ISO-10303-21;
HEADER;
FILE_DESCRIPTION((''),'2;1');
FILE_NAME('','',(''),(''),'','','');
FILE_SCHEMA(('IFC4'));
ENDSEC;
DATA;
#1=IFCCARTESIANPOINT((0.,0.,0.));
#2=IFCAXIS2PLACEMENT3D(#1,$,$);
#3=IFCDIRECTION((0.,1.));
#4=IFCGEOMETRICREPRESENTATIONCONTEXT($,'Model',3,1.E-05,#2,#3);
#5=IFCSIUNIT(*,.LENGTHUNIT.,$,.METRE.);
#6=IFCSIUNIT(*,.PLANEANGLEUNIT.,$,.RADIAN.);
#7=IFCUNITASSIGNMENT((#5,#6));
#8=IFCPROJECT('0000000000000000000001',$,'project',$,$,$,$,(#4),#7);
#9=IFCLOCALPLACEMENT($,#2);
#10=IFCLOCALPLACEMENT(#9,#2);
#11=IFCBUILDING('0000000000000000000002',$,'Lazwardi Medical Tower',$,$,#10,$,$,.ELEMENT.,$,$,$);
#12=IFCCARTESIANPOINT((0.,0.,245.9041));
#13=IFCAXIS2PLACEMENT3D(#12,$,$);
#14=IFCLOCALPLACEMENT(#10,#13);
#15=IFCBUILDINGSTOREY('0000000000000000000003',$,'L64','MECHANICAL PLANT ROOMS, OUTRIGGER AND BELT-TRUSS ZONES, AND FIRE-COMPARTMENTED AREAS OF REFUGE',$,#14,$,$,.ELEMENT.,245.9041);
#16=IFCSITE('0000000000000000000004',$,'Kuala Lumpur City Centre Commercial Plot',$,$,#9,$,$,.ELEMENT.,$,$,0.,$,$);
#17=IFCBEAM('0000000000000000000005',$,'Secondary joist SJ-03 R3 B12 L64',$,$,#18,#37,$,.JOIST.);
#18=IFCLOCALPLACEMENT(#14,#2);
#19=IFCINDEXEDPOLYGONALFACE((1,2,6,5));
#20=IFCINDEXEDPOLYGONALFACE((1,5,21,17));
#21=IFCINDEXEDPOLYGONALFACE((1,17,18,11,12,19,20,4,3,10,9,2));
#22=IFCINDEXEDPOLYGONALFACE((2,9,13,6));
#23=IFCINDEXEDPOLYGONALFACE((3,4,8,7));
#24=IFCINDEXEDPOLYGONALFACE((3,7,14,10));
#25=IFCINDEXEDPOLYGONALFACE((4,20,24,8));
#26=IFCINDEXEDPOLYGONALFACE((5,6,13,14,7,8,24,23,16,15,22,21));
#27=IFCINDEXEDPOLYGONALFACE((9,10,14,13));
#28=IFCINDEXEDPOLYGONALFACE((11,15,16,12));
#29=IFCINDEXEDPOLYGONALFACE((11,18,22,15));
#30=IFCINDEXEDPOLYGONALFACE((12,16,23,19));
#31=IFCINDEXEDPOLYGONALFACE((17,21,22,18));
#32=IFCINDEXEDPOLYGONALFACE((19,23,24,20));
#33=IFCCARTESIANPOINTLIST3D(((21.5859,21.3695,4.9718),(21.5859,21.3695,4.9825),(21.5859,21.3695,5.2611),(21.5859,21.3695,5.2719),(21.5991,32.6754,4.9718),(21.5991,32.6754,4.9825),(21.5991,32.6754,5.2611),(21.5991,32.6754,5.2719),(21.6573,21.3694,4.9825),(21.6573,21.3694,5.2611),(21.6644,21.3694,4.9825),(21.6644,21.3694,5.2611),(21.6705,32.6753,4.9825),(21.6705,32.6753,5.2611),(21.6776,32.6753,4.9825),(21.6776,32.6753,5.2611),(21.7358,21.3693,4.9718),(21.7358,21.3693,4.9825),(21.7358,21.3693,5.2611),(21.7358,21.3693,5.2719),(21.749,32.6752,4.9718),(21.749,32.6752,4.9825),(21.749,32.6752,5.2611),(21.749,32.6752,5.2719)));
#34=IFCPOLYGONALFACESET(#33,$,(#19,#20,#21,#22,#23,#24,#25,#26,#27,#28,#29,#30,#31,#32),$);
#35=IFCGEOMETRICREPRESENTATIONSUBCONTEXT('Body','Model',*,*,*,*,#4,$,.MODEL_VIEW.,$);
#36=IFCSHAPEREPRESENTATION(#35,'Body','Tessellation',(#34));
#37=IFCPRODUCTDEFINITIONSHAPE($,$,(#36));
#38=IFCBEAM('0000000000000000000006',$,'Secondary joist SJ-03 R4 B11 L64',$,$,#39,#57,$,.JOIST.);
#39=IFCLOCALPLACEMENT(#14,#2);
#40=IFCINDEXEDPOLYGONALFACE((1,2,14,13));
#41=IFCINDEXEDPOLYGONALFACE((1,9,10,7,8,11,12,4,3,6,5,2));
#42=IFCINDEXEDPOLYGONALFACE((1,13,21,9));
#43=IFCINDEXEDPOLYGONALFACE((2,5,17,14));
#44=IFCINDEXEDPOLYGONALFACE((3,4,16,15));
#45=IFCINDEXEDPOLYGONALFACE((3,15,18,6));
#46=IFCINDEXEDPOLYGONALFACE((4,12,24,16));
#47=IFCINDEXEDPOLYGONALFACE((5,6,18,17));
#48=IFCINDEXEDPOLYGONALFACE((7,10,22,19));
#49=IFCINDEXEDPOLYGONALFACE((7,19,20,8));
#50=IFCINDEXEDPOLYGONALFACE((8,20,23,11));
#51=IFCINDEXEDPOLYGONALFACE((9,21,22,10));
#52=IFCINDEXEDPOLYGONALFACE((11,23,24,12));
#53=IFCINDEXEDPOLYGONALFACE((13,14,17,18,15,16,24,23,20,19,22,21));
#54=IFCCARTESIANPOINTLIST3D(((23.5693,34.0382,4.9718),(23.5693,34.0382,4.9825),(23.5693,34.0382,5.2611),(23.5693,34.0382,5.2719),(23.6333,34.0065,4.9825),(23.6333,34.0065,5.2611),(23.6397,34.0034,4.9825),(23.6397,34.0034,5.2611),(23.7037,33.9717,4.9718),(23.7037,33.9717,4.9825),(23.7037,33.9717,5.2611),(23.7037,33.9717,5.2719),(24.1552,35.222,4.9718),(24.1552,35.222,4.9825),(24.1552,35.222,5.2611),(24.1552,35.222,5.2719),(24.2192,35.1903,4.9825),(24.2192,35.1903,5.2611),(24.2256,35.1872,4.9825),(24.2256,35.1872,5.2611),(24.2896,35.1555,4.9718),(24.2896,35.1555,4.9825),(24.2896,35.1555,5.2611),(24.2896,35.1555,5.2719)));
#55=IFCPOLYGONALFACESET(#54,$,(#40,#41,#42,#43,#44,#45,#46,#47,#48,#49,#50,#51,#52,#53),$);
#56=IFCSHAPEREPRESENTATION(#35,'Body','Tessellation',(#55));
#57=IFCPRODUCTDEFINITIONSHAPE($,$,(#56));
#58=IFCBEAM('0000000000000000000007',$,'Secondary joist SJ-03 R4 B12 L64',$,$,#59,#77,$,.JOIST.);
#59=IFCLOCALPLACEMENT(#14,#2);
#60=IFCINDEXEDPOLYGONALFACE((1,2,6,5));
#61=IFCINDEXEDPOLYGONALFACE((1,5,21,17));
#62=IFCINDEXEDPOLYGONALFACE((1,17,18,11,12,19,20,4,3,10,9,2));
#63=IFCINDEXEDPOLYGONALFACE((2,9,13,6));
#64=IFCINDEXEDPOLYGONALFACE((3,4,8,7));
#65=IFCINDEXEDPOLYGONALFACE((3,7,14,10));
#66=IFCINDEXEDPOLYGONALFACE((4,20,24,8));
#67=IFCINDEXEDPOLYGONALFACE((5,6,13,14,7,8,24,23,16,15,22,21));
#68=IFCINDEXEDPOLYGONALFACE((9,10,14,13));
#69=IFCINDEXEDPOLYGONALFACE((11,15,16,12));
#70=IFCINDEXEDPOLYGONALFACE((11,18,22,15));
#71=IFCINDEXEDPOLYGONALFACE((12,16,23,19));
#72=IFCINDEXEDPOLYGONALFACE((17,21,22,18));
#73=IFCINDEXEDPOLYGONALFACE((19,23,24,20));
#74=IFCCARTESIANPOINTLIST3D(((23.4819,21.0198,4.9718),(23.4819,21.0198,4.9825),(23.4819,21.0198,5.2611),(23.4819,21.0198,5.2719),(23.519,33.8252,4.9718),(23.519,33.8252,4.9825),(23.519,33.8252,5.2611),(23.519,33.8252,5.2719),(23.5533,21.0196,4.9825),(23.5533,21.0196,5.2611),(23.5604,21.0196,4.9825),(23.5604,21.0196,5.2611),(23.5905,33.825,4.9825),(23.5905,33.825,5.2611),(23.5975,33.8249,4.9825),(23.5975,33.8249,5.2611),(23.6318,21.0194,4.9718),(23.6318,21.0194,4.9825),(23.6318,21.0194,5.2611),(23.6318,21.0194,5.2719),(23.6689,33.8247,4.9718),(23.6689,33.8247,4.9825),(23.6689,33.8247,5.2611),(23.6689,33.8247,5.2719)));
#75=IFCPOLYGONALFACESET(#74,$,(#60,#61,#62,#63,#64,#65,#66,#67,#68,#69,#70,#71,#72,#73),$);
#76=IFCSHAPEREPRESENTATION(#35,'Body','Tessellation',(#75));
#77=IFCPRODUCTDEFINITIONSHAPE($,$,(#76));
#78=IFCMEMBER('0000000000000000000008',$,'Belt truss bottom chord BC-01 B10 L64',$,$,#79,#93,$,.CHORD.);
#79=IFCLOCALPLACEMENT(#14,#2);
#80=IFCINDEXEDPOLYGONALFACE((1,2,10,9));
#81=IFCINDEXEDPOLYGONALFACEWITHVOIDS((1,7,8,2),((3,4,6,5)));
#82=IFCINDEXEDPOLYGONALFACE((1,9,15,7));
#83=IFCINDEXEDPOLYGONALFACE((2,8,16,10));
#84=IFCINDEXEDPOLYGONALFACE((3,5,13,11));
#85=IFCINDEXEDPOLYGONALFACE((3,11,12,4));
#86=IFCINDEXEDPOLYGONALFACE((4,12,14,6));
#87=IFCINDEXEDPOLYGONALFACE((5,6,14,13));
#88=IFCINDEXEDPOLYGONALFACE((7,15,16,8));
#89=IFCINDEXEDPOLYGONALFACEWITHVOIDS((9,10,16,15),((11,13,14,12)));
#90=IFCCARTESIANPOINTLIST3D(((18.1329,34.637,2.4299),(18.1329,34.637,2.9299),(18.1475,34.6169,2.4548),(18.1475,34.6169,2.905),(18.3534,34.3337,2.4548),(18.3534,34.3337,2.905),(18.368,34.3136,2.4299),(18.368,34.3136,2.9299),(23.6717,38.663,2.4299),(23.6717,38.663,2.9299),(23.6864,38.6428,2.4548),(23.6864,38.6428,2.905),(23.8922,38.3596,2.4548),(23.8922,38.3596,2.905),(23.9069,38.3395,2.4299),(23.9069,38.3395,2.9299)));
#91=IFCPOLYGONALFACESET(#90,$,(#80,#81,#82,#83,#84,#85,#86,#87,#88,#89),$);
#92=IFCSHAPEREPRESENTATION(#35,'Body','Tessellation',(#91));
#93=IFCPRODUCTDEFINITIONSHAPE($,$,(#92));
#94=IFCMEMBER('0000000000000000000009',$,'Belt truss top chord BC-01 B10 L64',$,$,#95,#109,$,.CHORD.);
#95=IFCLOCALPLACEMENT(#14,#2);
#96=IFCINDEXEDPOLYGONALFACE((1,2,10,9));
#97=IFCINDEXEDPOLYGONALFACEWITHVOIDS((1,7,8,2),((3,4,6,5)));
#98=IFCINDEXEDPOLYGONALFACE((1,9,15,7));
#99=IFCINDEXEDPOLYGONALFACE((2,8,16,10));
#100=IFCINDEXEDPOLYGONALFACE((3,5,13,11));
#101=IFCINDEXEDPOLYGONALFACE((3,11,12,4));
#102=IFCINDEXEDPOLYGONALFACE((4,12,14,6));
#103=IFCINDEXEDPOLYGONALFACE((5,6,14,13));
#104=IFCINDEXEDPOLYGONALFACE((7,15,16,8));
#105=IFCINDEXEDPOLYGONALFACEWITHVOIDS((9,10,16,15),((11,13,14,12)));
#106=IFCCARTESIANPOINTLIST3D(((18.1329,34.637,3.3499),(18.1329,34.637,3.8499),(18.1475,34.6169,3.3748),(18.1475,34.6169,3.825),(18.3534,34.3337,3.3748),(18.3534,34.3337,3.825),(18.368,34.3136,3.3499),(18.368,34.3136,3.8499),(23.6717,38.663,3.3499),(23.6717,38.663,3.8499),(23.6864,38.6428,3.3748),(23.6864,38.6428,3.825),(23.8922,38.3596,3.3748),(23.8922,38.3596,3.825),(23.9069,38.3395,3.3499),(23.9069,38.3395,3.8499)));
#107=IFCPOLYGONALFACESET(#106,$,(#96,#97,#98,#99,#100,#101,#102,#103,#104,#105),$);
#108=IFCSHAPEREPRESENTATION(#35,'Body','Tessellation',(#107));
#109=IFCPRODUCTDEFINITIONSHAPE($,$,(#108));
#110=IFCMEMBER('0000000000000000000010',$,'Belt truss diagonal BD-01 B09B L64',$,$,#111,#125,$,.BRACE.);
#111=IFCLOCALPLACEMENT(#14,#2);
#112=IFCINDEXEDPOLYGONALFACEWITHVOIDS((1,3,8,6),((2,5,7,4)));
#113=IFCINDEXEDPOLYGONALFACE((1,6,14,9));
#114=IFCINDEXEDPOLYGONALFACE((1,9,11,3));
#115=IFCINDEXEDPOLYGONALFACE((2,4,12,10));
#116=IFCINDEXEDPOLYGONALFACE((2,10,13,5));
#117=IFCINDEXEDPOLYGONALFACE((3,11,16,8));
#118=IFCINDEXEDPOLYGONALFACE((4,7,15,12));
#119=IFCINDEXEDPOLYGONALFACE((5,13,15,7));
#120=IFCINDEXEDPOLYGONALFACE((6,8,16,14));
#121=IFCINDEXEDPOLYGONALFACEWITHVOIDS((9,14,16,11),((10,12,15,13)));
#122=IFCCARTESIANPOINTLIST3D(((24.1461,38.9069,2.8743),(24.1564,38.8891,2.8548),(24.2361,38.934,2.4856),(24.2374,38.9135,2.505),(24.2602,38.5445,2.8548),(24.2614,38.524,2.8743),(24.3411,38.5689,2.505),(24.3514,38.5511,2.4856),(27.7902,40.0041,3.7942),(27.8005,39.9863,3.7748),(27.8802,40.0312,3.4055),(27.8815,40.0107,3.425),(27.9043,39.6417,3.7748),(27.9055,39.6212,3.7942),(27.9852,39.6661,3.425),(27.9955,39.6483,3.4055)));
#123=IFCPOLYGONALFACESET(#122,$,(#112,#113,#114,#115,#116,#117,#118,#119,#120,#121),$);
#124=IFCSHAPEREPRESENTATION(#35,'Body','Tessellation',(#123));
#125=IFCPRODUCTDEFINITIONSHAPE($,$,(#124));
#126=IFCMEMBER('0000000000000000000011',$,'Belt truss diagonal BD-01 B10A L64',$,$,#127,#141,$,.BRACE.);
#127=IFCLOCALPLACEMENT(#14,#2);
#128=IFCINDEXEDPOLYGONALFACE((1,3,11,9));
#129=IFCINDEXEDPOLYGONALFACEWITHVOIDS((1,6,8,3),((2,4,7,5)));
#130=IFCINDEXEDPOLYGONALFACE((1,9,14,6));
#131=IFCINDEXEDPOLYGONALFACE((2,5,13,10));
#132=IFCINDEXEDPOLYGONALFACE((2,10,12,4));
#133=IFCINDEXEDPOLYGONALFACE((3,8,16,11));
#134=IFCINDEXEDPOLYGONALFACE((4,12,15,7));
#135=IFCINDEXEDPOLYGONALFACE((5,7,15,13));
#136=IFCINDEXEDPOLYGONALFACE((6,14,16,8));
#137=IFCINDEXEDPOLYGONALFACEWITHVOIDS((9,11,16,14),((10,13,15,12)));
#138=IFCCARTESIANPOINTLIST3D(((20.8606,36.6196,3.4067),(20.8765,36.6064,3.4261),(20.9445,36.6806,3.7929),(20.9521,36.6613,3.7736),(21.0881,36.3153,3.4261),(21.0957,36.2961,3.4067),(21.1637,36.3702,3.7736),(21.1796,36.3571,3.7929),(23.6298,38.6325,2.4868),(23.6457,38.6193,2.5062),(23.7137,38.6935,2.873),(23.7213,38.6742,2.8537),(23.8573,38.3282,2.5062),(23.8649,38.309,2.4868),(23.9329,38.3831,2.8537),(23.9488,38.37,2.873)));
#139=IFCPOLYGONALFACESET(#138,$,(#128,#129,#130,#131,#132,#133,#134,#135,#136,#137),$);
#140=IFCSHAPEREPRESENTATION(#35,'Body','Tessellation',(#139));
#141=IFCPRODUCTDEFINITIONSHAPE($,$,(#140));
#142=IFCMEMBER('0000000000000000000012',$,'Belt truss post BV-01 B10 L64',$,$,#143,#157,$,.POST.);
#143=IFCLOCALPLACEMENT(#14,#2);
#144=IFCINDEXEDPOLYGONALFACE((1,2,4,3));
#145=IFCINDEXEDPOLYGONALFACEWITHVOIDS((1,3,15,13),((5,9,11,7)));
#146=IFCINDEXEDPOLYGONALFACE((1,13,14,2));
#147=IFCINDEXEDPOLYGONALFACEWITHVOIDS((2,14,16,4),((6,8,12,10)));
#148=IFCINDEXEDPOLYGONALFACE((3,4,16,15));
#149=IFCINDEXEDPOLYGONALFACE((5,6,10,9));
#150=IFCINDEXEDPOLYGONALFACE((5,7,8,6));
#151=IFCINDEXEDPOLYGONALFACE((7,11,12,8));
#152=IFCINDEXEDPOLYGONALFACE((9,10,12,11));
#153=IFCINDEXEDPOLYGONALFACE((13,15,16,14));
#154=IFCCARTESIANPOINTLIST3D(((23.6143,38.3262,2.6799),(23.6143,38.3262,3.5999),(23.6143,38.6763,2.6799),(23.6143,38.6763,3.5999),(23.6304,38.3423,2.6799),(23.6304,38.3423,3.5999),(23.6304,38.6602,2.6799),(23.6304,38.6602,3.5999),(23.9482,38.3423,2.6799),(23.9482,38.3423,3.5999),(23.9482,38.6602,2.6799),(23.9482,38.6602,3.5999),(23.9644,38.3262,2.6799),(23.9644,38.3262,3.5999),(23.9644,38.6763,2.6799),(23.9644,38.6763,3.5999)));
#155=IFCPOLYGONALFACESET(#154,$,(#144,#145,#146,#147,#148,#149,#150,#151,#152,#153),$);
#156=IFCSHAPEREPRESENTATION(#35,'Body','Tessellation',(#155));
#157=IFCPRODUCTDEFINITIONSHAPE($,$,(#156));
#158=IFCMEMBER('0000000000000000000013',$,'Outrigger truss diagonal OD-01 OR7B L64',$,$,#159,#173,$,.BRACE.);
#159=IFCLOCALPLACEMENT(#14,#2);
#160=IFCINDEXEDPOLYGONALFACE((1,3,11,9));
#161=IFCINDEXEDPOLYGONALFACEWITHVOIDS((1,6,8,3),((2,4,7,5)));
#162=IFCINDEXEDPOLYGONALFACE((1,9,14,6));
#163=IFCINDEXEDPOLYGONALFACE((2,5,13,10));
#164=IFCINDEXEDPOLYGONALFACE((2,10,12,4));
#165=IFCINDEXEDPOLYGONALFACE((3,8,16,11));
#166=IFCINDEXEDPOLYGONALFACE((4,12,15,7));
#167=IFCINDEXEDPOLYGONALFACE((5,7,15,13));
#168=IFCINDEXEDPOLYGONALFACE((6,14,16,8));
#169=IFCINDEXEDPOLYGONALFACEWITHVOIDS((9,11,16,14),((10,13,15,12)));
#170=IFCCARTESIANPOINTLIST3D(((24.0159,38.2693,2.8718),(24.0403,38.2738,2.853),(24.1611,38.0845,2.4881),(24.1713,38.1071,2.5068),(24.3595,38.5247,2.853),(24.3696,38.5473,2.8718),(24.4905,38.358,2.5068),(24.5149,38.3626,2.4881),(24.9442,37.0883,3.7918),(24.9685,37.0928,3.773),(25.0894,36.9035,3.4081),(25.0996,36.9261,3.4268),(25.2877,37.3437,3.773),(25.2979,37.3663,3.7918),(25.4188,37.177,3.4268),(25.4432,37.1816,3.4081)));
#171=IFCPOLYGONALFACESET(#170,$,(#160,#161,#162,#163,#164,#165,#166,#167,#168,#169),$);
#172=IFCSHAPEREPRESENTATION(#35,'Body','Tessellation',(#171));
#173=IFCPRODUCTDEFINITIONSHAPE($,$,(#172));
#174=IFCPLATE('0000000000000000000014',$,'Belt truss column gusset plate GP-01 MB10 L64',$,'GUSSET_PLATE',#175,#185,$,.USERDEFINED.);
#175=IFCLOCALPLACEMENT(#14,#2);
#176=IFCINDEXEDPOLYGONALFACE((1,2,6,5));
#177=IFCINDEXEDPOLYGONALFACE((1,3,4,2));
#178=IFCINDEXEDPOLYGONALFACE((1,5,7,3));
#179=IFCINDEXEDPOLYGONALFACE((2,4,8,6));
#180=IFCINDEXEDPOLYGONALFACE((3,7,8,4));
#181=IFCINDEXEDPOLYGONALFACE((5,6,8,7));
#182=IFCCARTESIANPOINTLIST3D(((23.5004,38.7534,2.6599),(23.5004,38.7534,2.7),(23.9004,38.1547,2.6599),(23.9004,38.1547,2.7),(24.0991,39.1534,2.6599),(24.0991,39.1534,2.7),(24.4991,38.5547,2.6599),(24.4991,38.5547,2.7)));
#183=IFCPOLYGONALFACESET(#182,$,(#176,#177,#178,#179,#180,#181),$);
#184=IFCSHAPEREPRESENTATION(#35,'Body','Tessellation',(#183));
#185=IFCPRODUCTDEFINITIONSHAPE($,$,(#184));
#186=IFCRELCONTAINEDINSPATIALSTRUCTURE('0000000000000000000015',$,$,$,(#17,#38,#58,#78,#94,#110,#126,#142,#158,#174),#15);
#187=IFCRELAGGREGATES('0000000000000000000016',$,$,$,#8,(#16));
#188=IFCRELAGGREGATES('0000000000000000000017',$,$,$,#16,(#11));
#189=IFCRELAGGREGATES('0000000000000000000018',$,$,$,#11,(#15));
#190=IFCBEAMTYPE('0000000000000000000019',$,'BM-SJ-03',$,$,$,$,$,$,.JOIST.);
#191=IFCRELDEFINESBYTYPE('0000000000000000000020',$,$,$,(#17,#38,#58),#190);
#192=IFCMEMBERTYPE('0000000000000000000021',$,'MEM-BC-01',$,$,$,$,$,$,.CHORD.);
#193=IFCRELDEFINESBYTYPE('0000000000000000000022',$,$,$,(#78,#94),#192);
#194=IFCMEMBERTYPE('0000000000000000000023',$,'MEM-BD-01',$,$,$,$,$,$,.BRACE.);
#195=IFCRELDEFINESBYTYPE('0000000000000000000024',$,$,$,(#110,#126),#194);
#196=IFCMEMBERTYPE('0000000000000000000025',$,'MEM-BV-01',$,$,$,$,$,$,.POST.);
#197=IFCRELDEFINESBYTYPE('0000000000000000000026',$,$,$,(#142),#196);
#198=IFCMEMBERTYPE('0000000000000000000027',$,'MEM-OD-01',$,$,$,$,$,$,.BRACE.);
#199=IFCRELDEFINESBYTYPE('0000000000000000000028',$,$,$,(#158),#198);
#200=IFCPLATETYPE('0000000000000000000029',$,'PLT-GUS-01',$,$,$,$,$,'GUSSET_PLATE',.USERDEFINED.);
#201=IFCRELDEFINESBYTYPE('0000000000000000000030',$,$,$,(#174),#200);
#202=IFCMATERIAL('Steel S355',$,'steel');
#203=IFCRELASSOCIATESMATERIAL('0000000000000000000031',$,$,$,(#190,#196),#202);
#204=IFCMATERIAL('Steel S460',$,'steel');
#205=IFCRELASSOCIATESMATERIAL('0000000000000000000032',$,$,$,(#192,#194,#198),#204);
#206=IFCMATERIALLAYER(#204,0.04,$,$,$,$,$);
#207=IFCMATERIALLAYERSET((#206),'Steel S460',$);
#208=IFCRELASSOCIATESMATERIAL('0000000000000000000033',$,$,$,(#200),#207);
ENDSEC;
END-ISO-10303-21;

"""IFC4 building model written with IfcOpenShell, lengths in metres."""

from ifc_helpers import new_model, si_unit, direction, frame, origin, origin_2d, place, context, subcontext, project, spatial, rectangle, hollow_rectangle, i_section, extrude, material, layer, layer_set, material_profile, profile_set, type_object, element, save


model = new_model("IFC4")

# Units and contexts
model_context = context("Model", 3, precision=1e-05, world=origin(), true_north=direction((0.0, 1.0)))
body_context = subcontext(model_context, "Body", "Model", "MODEL_VIEW")
ifc_project = project(units=[si_unit("LENGTHUNIT", "METRE"), si_unit("PLANEANGLEUNIT", "RADIAN")], contexts=[model_context])

# Site, building, storey
site_placement = place(None, origin())
site = spatial("IfcSite", under=ifc_project, at=site_placement, Name="Kuala Lumpur City Centre Commercial Plot", CompositionType="ELEMENT", RefElevation=0.0)
building_placement = place(site_placement, origin())
building = spatial("IfcBuilding", under=site, at=building_placement, Name="Lazwardi Medical Tower", CompositionType="ELEMENT")
storey_placement = place(building_placement, frame((0.0, 0.0, 245.9041)))
storey = spatial("IfcBuildingStorey", under=building, at=storey_placement, Name="L64", Description="MECHANICAL PLANT ROOMS, OUTRIGGER AND BELT-TRUSS ZONES, AND FIRE-COMPARTMENTED AREAS OF REFUGE", CompositionType="ELEMENT", Elevation=245.9041)

# Beams
ifc_material_1 = material(Name="Steel S355", Category="steel")
ifc_material_profile_1 = material_profile(ifc_material_1, i_section(OverallWidth=0.1499, OverallDepth=0.3, WebThickness=0.0071, FlangeThickness=0.0107, at=origin_2d()), Name="IPE 300")
ifc_profile_set_1 = profile_set([ifc_material_profile_1], Name="Steel S355")
beam_type_1 = type_object("IfcBeamType", Name="BM-SJ-03", PredefinedType="JOIST", material=ifc_profile_set_1)
beam_1_placement = place(storey_placement, frame((21.6741, 32.6753, 5.1218), z_axis=(-0.001166, -0.999999, 0.0), x_axis=(0.999999, -0.001166, 0.0)))
element("IfcBeam", 1, at=beam_1_placement, inside=storey, type_object=beam_type_1, Name="Secondary joist SJ-03 R3 B12 L64", PredefinedType="JOIST", context=body_context, shape_type="SweptSolid", body=[
    extrude(i_section(OverallWidth=0.1499, OverallDepth=0.3, WebThickness=0.0071, FlangeThickness=0.0107, at=origin_2d()), origin(), (0.0, 0.0, 1.0), 11.3059),
])
beam_2_placement = place(storey_placement, frame((24.2224, 35.1887, 5.1218), z_axis=(-0.443587, -0.896231, 0.0), x_axis=(0.896231, -0.443587, 0.0)))
element("IfcBeam", 2, at=beam_2_placement, inside=storey, type_object=beam_type_1, Name="Secondary joist SJ-03 R4 B11 L64", PredefinedType="JOIST", context=body_context, shape_type="SweptSolid", body=[
    extrude(i_section(OverallWidth=0.1499, OverallDepth=0.3, WebThickness=0.0071, FlangeThickness=0.0107, at=origin_2d()), origin(), (0.0, 0.0, 1.0), 1.3208),
])
beam_3_placement = place(storey_placement, frame((23.594, 33.825, 5.1218), z_axis=(-0.002898, -0.999996, 0.0), x_axis=(0.999996, -0.002898, 0.0)))
element("IfcBeam", 3, at=beam_3_placement, inside=storey, type_object=beam_type_1, Name="Secondary joist SJ-03 R4 B12 L64", PredefinedType="JOIST", context=body_context, shape_type="SweptSolid", body=[
    extrude(i_section(OverallWidth=0.1499, OverallDepth=0.3, WebThickness=0.0071, FlangeThickness=0.0107, at=origin_2d()), origin(), (0.0, 0.0, 1.0), 12.8054),
])

# Members
ifc_material_2 = material(Name="Steel S460", Category="steel")
ifc_material_profile_2 = material_profile(ifc_material_2, hollow_rectangle(XDim=0.3999, YDim=0.5, WallThickness=0.0249, at=origin_2d()), Name="RHS 500x400x25")
ifc_profile_set_2 = profile_set([ifc_material_profile_2], Name="Steel S460")
member_type_1 = type_object("IfcMemberType", Name="MEM-BC-01", PredefinedType="CHORD", material=ifc_profile_set_2)
for number, where, z_axis, x_axis, name in (
    (4, (23.7893, 38.5012, 2.6799), (-0.808899, -0.587947, 0.0), (0.587947, -0.808899, 0.0), "Belt truss bottom chord BC-01 B10 L64"),
    (5, (23.7893, 38.5012, 3.5999), (-0.808899, -0.587947, 0.0), (0.587947, -0.808899, 0.0), "Belt truss top chord BC-01 B10 L64"),
):
    element("IfcMember", number, at=place(storey_placement, frame(where, z_axis=z_axis, x_axis=x_axis)), inside=storey, type_object=member_type_1, Name=name, PredefinedType="CHORD", context=body_context, shape_type="SweptSolid", body=[
        extrude(hollow_rectangle(XDim=0.3999, YDim=0.5, WallThickness=0.0249, at=origin_2d()), origin(), (0.0, 0.0, 1.0), 6.8474),
    ])
ifc_material_profile_3 = material_profile(ifc_material_2, hollow_rectangle(XDim=0.3999, YDim=0.3999, WallThickness=0.02, at=origin_2d()), Name="RHS 400x400x20")
ifc_profile_set_3 = profile_set([ifc_material_profile_3], Name="Steel S460")
member_type_2 = type_object("IfcMemberType", Name="MEM-BD-01", PredefinedType="BRACE", material=ifc_profile_set_3)
member_1_placement = place(storey_placement, frame((24.2488, 38.729, 2.6799), z_axis=(0.930734, 0.28023, 0.234959), x_axis=(-0.288301, 0.95754, 0.0)))
element("IfcMember", 6, at=member_1_placement, inside=storey, type_object=member_type_2, Name="Belt truss diagonal BD-01 B09B L64", PredefinedType="BRACE", context=body_context, shape_type="SweptSolid", body=[
    extrude(hollow_rectangle(XDim=0.3999, YDim=0.3999, WallThickness=0.02, at=origin_2d()), origin(), (0.0, 0.0, 1.0), 3.9153),
])
member_2_placement = place(storey_placement, frame((23.7893, 38.5012, 2.6799), z_axis=(-0.781178, -0.567823, 0.259497), x_axis=(0.587964, -0.808887, 0.0)))
element("IfcMember", 7, at=member_2_placement, inside=storey, type_object=member_type_2, Name="Belt truss diagonal BD-01 B10A L64", PredefinedType="BRACE", context=body_context, shape_type="SweptSolid", body=[
    extrude(hollow_rectangle(XDim=0.3999, YDim=0.3999, WallThickness=0.02, at=origin_2d()), origin(), (0.0, 0.0, 1.0), 3.5449),
])
ifc_material_profile_4 = material_profile(ifc_material_1, hollow_rectangle(XDim=0.3501, YDim=0.3501, WallThickness=0.0161, at=origin_2d()), Name="RHS 350x350x16")
ifc_profile_set_4 = profile_set([ifc_material_profile_4], Name="Steel S355")
member_type_3 = type_object("IfcMemberType", Name="MEM-BV-01", PredefinedType="POST", material=ifc_profile_set_4)
member_3_placement = place(storey_placement, frame((23.7893, 38.5012, 2.6799), z_axis=(0.0, 0.0, 1.0), x_axis=(1.0, 0.0, 0.0)))
element("IfcMember", 8, at=member_3_placement, inside=storey, type_object=member_type_3, Name="Belt truss post BV-01 B10 L64", PredefinedType="POST", context=body_context, shape_type="SweptSolid", body=[
    extrude(hollow_rectangle(XDim=0.3501, YDim=0.3501, WallThickness=0.0161, at=origin_2d()), origin(), (0.0, 0.0, 1.0), 0.9199),
])
ifc_material_profile_5 = material_profile(ifc_material_2, hollow_rectangle(XDim=0.45, YDim=0.45, WallThickness=0.022, at=origin_2d()), Name="RHS 450x450x22")
ifc_profile_set_5 = profile_set([ifc_material_profile_5], Name="Steel S460")
member_type_4 = type_object("IfcMemberType", Name="MEM-OD-01", PredefinedType="BRACE", material=ifc_profile_set_5)
member_4_placement = place(storey_placement, frame((24.2654, 38.3159, 2.6799), z_axis=(0.526991, -0.670452, 0.522279), x_axis=(0.7862, 0.617972, 0.0)))
element("IfcMember", 9, at=member_4_placement, inside=storey, type_object=member_type_4, Name="Outrigger truss diagonal OD-01 OR7B L64", PredefinedType="BRACE", context=body_context, shape_type="SweptSolid", body=[
    extrude(hollow_rectangle(XDim=0.45, YDim=0.45, WallThickness=0.022, at=origin_2d()), origin(), (0.0, 0.0, 1.0), 1.7615),
])

# Plate
ifc_layer_1 = layer(ifc_material_2, 0.04)
ifc_layer_set_1 = layer_set([ifc_layer_1], Name="Steel S460")
plate_type = type_object("IfcPlateType", Name="PLT-GUS-01", ElementType="GUSSET_PLATE", PredefinedType="USERDEFINED", material=ifc_layer_set_1)
for number, where, z_axis, x_axis, name in (
    (10, (23.9998, 38.6541, 2.6599), (0.0, 0.0, 1.0), (-0.55557, 0.83147, 0.0), "Belt truss column gusset plate GP-01 MB10 L64"),
):
    element("IfcPlate", number, at=place(storey_placement, frame(where, z_axis=z_axis, x_axis=x_axis)), inside=storey, type_object=plate_type, Name=name, ObjectType="GUSSET_PLATE", PredefinedType="USERDEFINED", context=body_context, shape_type="SweptSolid", body=[
        extrude(rectangle(XDim=0.72, YDim=0.72, at=origin_2d()), origin(), (0.0, 0.0, 1.0), 0.04),
    ])

save(model, "model.ifc")
